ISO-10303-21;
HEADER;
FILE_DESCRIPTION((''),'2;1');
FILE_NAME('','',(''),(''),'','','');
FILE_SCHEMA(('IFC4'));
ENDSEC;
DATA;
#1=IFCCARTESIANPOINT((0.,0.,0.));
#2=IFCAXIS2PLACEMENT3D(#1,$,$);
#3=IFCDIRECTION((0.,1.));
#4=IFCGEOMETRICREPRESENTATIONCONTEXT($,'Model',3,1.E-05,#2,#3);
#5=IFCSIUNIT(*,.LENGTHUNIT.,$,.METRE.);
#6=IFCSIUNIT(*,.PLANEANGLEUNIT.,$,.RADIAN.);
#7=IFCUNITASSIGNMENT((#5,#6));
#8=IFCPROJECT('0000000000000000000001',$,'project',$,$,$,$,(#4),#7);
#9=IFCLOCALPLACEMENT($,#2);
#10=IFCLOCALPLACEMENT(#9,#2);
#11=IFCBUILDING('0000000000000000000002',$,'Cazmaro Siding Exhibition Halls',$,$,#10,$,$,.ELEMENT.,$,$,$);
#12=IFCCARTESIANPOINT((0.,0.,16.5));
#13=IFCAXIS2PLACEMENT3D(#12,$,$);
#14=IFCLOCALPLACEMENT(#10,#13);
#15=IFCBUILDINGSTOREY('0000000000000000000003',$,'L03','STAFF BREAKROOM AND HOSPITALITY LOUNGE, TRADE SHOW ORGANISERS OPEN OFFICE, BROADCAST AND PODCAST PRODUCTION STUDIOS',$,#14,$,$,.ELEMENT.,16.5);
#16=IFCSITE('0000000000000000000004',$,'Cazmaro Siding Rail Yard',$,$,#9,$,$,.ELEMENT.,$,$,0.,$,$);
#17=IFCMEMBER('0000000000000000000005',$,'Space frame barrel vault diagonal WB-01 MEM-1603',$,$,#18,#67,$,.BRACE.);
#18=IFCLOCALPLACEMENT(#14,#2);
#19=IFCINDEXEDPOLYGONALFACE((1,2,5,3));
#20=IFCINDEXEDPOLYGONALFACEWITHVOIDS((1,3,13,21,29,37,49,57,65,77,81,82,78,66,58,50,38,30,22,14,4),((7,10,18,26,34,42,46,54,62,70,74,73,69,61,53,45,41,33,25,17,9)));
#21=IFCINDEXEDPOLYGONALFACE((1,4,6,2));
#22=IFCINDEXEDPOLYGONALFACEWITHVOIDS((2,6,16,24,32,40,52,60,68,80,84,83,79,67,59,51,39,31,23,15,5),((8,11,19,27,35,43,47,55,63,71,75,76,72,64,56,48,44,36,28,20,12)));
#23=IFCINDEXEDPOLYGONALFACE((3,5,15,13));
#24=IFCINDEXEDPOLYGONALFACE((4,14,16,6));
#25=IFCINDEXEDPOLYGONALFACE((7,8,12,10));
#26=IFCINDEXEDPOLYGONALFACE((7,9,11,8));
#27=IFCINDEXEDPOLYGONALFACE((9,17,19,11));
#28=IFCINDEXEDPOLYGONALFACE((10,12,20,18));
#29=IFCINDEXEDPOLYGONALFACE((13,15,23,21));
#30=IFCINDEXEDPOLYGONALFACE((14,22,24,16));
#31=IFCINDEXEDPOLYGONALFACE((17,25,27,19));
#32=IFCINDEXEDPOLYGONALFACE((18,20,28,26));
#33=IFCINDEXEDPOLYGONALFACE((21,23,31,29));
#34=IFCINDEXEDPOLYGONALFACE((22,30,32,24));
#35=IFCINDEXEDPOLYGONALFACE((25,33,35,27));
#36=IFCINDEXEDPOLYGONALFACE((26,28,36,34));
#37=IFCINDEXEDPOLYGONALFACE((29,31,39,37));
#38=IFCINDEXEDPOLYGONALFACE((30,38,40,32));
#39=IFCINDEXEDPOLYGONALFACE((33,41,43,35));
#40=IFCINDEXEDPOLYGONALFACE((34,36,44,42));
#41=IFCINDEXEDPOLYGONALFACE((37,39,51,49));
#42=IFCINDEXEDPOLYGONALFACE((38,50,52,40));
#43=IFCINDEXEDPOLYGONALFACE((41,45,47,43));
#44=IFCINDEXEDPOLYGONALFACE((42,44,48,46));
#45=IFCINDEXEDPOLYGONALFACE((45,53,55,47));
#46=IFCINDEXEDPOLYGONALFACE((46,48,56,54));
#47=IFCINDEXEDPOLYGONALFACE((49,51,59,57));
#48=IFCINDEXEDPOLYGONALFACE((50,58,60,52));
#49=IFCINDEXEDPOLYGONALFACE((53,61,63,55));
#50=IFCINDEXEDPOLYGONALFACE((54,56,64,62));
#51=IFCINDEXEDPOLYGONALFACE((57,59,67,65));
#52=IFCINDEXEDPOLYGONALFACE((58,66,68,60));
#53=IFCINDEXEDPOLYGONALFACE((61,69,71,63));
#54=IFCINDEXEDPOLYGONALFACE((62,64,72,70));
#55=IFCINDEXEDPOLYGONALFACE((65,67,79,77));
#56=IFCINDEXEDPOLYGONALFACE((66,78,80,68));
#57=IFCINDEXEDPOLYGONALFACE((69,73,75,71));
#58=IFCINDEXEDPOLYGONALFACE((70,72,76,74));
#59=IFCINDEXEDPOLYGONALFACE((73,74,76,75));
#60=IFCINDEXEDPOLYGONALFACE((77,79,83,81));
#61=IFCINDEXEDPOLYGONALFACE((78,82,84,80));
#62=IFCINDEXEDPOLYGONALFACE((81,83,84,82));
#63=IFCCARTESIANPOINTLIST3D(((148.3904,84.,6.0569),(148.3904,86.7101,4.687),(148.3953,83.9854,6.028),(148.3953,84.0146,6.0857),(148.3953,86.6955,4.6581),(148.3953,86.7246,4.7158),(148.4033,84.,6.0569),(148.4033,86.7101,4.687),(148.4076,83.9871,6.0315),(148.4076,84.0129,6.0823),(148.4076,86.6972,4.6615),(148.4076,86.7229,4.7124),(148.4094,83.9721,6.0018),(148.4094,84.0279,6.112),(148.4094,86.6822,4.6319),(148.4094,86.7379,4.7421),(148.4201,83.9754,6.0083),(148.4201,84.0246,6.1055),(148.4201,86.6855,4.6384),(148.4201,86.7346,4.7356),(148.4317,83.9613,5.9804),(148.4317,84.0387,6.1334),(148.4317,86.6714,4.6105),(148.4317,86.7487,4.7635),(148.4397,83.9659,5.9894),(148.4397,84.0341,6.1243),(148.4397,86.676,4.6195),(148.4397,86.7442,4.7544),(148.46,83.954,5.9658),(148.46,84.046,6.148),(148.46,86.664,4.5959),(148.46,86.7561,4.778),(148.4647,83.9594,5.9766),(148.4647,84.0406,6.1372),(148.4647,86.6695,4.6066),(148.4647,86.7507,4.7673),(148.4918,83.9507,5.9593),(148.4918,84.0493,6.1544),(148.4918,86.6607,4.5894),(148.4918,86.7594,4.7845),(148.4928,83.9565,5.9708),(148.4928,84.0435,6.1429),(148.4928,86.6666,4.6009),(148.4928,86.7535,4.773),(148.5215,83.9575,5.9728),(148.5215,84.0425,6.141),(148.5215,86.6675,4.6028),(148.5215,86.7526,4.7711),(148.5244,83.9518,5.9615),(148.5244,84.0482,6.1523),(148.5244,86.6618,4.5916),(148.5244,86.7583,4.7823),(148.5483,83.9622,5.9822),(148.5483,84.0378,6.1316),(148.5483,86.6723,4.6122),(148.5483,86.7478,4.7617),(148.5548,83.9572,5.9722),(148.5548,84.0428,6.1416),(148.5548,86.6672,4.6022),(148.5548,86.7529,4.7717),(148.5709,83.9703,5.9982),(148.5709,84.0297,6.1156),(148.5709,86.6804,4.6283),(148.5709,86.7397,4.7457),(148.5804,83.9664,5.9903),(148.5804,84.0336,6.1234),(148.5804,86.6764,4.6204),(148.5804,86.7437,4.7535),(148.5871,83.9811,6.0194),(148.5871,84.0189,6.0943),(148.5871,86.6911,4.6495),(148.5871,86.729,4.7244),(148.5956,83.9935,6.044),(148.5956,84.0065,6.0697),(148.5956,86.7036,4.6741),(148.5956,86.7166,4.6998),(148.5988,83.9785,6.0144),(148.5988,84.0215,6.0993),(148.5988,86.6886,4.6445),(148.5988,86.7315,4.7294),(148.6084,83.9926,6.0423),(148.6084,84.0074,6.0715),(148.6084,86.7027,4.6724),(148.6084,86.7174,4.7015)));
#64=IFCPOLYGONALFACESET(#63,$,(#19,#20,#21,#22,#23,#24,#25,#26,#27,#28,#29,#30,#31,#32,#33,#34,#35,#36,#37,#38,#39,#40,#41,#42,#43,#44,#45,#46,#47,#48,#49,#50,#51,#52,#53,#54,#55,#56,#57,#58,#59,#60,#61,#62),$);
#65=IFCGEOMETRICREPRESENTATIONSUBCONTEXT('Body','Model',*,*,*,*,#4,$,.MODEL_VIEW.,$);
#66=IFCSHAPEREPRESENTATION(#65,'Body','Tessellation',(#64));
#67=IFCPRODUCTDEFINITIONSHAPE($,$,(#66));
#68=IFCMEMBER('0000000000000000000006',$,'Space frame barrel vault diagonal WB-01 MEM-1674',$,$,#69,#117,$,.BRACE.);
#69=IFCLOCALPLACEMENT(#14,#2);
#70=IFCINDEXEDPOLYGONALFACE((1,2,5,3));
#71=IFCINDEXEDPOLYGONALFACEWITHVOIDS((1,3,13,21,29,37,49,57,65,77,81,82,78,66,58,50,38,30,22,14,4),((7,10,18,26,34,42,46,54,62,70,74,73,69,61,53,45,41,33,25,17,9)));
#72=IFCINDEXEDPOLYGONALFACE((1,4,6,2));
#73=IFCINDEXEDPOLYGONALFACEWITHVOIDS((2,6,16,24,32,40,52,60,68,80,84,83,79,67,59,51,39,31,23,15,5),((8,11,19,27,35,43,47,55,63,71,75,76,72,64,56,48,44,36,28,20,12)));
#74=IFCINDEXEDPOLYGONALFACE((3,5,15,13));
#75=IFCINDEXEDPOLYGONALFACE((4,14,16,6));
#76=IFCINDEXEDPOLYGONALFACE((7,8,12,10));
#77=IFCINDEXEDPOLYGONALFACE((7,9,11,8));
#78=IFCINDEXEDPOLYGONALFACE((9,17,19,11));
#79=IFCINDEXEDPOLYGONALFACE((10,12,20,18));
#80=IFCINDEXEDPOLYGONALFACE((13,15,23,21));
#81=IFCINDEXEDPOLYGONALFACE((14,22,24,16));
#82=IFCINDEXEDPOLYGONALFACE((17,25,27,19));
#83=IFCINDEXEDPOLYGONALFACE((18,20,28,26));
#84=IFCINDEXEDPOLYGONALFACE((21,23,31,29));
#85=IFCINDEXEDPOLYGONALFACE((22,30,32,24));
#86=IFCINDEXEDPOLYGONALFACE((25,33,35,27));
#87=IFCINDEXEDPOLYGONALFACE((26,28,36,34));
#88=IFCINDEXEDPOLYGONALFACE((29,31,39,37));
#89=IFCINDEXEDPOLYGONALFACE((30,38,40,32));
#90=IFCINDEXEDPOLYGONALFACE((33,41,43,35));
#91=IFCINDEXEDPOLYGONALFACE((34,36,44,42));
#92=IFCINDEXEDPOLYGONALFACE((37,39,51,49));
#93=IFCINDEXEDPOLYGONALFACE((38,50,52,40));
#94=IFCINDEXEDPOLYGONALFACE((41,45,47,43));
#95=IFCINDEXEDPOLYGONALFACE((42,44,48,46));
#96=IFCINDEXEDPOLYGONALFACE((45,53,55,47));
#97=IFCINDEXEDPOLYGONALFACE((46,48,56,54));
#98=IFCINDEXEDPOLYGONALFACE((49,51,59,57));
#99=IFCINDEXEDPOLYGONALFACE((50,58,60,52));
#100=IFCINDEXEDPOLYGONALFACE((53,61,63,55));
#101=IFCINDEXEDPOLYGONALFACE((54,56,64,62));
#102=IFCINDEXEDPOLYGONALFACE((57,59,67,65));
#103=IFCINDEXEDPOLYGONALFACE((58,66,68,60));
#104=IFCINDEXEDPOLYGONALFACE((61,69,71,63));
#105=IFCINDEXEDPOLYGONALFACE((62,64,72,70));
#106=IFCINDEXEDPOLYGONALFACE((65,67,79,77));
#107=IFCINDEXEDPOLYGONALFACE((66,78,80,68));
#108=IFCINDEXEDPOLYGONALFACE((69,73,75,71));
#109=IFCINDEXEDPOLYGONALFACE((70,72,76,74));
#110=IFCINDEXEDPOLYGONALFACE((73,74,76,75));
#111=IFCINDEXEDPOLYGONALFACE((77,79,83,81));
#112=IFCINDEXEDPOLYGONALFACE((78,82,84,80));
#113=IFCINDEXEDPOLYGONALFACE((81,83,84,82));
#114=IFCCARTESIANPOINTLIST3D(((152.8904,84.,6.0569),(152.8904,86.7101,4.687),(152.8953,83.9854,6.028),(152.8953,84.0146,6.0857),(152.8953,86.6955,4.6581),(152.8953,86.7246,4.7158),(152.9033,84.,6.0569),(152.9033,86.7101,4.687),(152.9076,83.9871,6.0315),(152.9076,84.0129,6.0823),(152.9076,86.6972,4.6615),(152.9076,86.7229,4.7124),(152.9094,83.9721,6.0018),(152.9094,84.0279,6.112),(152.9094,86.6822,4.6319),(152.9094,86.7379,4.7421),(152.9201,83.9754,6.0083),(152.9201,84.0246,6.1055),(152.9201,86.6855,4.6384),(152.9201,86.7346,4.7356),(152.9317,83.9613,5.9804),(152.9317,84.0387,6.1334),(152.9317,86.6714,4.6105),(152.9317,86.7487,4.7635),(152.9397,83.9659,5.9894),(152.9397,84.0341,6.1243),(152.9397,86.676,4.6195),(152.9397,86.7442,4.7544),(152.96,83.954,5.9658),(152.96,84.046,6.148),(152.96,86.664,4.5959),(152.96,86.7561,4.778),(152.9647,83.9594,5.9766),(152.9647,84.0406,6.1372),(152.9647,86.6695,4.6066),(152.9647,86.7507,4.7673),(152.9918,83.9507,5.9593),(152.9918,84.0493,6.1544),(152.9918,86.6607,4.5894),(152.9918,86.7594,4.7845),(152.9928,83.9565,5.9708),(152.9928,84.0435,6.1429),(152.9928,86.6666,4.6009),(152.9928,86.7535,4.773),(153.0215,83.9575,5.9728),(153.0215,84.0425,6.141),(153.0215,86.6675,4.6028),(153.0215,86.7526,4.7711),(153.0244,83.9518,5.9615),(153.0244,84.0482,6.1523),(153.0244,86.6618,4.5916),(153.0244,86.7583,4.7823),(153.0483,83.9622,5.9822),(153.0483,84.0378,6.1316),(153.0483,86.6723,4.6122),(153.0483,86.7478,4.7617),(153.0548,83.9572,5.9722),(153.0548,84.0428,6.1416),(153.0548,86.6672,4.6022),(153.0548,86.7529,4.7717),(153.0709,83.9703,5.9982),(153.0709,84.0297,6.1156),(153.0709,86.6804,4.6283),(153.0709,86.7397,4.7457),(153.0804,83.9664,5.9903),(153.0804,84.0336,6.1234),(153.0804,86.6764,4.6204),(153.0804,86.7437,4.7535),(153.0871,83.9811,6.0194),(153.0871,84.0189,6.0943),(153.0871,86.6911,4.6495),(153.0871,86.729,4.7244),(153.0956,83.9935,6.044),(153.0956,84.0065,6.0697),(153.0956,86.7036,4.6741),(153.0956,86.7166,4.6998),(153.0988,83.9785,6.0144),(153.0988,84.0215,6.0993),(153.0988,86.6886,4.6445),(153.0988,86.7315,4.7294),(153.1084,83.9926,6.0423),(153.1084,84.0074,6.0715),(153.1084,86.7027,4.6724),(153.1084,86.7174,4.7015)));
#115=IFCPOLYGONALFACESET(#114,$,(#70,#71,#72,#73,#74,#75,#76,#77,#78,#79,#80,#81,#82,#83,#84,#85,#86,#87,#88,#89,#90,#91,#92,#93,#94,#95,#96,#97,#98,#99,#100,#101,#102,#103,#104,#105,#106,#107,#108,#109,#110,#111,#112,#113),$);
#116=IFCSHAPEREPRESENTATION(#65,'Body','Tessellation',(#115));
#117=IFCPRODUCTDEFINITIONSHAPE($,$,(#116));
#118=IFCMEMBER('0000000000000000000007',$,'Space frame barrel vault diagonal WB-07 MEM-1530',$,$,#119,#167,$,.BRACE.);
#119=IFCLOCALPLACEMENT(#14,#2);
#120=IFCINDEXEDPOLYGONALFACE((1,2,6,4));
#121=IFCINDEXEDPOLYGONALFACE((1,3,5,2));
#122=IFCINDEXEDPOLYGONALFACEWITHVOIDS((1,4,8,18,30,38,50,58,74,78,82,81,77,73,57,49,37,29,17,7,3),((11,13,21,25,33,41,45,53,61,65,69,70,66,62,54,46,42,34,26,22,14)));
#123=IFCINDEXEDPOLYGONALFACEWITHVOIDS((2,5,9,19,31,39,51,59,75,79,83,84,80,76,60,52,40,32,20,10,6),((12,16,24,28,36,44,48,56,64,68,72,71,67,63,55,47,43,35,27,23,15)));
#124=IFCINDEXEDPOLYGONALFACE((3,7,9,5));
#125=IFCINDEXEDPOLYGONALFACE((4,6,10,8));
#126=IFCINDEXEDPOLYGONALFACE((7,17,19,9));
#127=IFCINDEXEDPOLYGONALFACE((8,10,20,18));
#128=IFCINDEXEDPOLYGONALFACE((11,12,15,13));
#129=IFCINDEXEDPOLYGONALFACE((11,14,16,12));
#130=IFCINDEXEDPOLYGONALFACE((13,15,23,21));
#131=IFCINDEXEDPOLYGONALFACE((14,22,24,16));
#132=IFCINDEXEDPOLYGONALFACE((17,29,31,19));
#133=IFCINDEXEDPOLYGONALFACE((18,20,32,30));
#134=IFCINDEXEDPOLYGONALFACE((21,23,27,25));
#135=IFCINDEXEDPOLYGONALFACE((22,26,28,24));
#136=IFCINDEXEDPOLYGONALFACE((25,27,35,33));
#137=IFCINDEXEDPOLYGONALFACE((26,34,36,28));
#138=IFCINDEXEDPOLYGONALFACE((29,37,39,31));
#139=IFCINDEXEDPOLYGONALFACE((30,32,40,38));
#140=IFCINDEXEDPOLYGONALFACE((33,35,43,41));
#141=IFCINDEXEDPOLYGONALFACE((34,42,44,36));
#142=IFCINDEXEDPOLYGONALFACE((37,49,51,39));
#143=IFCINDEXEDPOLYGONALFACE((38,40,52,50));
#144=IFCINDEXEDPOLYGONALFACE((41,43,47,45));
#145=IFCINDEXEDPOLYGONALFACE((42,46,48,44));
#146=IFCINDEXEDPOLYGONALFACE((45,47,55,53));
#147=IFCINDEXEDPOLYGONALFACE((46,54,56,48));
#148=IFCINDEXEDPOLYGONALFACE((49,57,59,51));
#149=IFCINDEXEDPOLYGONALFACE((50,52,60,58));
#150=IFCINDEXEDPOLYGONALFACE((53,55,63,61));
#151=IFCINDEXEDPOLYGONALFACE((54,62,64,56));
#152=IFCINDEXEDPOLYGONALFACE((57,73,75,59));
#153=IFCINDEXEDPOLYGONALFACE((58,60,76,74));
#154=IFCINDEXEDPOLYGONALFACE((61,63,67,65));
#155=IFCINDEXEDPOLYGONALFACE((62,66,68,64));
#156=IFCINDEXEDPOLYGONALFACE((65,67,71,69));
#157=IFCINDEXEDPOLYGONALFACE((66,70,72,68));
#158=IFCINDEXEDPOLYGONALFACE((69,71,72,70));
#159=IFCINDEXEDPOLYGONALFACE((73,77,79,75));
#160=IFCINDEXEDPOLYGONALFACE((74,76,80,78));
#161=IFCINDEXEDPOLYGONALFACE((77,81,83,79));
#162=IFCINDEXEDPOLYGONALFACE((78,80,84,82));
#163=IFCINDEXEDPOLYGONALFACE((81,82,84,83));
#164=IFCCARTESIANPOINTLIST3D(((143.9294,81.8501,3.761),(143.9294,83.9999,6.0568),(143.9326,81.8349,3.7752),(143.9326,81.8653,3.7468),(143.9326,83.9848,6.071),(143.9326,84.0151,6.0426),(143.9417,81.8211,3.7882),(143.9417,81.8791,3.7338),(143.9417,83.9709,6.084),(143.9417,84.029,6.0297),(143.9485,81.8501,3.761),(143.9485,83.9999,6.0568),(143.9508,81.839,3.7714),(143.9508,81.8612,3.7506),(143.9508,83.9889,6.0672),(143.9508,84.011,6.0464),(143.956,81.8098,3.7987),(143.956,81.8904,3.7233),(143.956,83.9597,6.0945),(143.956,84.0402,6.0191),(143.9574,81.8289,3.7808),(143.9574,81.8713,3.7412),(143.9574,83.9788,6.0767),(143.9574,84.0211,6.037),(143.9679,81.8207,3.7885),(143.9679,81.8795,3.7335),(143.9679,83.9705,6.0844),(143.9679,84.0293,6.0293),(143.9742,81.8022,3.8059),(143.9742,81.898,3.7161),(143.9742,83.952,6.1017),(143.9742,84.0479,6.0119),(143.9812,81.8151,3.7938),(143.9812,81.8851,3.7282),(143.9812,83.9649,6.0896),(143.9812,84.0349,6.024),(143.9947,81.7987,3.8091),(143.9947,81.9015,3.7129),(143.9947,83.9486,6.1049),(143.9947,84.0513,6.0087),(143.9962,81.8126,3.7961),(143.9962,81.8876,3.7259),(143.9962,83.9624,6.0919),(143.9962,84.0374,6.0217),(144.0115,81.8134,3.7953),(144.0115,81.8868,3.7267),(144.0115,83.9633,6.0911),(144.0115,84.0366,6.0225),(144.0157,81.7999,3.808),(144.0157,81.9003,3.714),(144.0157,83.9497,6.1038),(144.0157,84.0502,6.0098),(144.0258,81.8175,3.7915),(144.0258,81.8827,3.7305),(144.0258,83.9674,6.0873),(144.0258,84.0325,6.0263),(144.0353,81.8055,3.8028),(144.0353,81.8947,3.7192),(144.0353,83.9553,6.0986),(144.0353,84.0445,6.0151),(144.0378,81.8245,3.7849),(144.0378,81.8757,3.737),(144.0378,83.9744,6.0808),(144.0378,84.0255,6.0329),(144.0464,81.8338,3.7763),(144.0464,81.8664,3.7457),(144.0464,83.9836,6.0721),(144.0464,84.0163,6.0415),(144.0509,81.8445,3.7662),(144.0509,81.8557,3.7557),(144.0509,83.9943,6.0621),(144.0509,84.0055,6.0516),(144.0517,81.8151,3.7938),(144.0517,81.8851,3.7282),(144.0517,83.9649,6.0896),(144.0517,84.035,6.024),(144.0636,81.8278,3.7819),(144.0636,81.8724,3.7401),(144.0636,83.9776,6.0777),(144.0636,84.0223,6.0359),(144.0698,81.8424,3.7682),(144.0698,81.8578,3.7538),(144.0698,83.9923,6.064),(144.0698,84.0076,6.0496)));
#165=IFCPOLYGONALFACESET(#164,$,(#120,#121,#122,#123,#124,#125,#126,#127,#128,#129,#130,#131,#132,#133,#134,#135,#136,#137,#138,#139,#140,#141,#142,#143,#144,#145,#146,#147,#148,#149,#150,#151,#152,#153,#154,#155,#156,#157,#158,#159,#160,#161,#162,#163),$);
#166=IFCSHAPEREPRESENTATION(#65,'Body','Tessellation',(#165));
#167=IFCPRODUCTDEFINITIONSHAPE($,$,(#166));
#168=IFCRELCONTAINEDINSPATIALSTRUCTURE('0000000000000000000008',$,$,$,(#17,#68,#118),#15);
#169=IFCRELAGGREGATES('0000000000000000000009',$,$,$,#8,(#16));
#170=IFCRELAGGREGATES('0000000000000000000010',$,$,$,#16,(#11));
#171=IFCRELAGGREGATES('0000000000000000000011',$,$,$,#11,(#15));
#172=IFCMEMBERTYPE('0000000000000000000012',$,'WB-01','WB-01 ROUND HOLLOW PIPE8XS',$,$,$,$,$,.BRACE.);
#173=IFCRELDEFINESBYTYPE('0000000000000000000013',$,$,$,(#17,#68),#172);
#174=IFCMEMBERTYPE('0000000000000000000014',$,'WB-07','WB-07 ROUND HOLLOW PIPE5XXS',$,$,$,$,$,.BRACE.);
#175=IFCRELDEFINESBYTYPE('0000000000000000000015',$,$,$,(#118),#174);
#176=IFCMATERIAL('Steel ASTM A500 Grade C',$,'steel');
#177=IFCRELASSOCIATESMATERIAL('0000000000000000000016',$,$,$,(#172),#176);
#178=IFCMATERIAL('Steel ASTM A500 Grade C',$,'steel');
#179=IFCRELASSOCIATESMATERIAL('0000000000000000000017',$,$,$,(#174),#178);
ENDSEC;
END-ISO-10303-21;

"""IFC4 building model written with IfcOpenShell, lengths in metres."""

from ifc_helpers import new_model, si_unit, direction, frame, origin, origin_2d, place, context, subcontext, project, spatial, hollow_circle, extrude, material, material_profile, profile_set, type_object, element, save


model = new_model("IFC4")

# Units and contexts
model_context = context("Model", 3, precision=1e-05, world=origin(), true_north=direction((0.0, 1.0)))
body_context = subcontext(model_context, "Body", "Model", "MODEL_VIEW")
ifc_project = project(units=[si_unit("LENGTHUNIT", "METRE"), si_unit("PLANEANGLEUNIT", "RADIAN")], contexts=[model_context])

# Site, building, storey
site_placement = place(None, origin())
site = spatial("IfcSite", under=ifc_project, at=site_placement, Name="Cazmaro Siding Rail Yard", CompositionType="ELEMENT", RefElevation=0.0)
building_placement = place(site_placement, origin())
building = spatial("IfcBuilding", under=site, at=building_placement, Name="Cazmaro Siding Exhibition Halls", CompositionType="ELEMENT")
storey_placement = place(building_placement, frame((0.0, 0.0, 16.5)))
storey = spatial("IfcBuildingStorey", under=building, at=storey_placement, Name="L03", Description="STAFF BREAKROOM AND HOSPITALITY LOUNGE, TRADE SHOW ORGANISERS OPEN OFFICE, BROADCAST AND PODCAST PRODUCTION STUDIOS", CompositionType="ELEMENT", Elevation=16.5)

# Members
ifc_material_1 = material(Name="Steel ASTM A500 Grade C", Category="steel")
ifc_material_profile_1 = material_profile(ifc_material_1, hollow_circle(Radius=0.1096, WallThickness=0.0129, at=origin_2d()), Name="PIPE8XS")
ifc_profile_set_1 = profile_set([ifc_material_profile_1], Name="Steel ASTM A500 Grade C")
member_type_1 = type_object("IfcMemberType", Name="WB-01", Description="WB-01 ROUND HOLLOW PIPE8XS", PredefinedType="BRACE", material=ifc_profile_set_1)
for number, where, z_axis, x_axis, name in (
    (1, (148.5, 84.0, 6.0569), (0.0, 0.892457, -0.451133), (-1.0, 0.0, 0.0), "Space frame barrel vault diagonal WB-01 MEM-1603"),
    (2, (153.0, 84.0, 6.0569), (0.0, 0.892457, -0.451133), (-1.0, 0.0, 0.0), "Space frame barrel vault diagonal WB-01 MEM-1674"),
):
    element("IfcMember", number, at=place(storey_placement, frame(where, z_axis=z_axis, x_axis=x_axis)), inside=storey, type_object=member_type_1, Name=name, PredefinedType="BRACE", context=body_context, shape_type="SweptSolid", body=[
        extrude(hollow_circle(Radius=0.1096, WallThickness=0.0129, at=origin_2d()), origin(), (0.0, 0.0, 1.0), 3.0366),
    ])
ifc_material_2 = material(Name="Steel ASTM A500 Grade C", Category="steel")
ifc_material_profile_2 = material_profile(ifc_material_2, hollow_circle(Radius=0.0706, WallThickness=0.019, at=origin_2d()), Name="PIPE5XXS")
ifc_profile_set_2 = profile_set([ifc_material_profile_2], Name="Steel ASTM A500 Grade C")
member_type_2 = type_object("IfcMemberType", Name="WB-07", Description="WB-07 ROUND HOLLOW PIPE5XXS", PredefinedType="BRACE", material=ifc_profile_set_2)
member_1_placement = place(storey_placement, frame((144.0, 81.8501, 3.761), z_axis=(0.0, 0.683518, 0.729934), x_axis=(-1.0, 0.0, 0.0)))
element("IfcMember", 3, at=member_1_placement, inside=storey, type_object=member_type_2, Name="Space frame barrel vault diagonal WB-07 MEM-1530", PredefinedType="BRACE", context=body_context, shape_type="SweptSolid", body=[
    extrude(hollow_circle(Radius=0.0706, WallThickness=0.019, at=origin_2d()), origin(), (0.0, 0.0, 1.0), 3.1453),
])

save(model, "model.ifc")
